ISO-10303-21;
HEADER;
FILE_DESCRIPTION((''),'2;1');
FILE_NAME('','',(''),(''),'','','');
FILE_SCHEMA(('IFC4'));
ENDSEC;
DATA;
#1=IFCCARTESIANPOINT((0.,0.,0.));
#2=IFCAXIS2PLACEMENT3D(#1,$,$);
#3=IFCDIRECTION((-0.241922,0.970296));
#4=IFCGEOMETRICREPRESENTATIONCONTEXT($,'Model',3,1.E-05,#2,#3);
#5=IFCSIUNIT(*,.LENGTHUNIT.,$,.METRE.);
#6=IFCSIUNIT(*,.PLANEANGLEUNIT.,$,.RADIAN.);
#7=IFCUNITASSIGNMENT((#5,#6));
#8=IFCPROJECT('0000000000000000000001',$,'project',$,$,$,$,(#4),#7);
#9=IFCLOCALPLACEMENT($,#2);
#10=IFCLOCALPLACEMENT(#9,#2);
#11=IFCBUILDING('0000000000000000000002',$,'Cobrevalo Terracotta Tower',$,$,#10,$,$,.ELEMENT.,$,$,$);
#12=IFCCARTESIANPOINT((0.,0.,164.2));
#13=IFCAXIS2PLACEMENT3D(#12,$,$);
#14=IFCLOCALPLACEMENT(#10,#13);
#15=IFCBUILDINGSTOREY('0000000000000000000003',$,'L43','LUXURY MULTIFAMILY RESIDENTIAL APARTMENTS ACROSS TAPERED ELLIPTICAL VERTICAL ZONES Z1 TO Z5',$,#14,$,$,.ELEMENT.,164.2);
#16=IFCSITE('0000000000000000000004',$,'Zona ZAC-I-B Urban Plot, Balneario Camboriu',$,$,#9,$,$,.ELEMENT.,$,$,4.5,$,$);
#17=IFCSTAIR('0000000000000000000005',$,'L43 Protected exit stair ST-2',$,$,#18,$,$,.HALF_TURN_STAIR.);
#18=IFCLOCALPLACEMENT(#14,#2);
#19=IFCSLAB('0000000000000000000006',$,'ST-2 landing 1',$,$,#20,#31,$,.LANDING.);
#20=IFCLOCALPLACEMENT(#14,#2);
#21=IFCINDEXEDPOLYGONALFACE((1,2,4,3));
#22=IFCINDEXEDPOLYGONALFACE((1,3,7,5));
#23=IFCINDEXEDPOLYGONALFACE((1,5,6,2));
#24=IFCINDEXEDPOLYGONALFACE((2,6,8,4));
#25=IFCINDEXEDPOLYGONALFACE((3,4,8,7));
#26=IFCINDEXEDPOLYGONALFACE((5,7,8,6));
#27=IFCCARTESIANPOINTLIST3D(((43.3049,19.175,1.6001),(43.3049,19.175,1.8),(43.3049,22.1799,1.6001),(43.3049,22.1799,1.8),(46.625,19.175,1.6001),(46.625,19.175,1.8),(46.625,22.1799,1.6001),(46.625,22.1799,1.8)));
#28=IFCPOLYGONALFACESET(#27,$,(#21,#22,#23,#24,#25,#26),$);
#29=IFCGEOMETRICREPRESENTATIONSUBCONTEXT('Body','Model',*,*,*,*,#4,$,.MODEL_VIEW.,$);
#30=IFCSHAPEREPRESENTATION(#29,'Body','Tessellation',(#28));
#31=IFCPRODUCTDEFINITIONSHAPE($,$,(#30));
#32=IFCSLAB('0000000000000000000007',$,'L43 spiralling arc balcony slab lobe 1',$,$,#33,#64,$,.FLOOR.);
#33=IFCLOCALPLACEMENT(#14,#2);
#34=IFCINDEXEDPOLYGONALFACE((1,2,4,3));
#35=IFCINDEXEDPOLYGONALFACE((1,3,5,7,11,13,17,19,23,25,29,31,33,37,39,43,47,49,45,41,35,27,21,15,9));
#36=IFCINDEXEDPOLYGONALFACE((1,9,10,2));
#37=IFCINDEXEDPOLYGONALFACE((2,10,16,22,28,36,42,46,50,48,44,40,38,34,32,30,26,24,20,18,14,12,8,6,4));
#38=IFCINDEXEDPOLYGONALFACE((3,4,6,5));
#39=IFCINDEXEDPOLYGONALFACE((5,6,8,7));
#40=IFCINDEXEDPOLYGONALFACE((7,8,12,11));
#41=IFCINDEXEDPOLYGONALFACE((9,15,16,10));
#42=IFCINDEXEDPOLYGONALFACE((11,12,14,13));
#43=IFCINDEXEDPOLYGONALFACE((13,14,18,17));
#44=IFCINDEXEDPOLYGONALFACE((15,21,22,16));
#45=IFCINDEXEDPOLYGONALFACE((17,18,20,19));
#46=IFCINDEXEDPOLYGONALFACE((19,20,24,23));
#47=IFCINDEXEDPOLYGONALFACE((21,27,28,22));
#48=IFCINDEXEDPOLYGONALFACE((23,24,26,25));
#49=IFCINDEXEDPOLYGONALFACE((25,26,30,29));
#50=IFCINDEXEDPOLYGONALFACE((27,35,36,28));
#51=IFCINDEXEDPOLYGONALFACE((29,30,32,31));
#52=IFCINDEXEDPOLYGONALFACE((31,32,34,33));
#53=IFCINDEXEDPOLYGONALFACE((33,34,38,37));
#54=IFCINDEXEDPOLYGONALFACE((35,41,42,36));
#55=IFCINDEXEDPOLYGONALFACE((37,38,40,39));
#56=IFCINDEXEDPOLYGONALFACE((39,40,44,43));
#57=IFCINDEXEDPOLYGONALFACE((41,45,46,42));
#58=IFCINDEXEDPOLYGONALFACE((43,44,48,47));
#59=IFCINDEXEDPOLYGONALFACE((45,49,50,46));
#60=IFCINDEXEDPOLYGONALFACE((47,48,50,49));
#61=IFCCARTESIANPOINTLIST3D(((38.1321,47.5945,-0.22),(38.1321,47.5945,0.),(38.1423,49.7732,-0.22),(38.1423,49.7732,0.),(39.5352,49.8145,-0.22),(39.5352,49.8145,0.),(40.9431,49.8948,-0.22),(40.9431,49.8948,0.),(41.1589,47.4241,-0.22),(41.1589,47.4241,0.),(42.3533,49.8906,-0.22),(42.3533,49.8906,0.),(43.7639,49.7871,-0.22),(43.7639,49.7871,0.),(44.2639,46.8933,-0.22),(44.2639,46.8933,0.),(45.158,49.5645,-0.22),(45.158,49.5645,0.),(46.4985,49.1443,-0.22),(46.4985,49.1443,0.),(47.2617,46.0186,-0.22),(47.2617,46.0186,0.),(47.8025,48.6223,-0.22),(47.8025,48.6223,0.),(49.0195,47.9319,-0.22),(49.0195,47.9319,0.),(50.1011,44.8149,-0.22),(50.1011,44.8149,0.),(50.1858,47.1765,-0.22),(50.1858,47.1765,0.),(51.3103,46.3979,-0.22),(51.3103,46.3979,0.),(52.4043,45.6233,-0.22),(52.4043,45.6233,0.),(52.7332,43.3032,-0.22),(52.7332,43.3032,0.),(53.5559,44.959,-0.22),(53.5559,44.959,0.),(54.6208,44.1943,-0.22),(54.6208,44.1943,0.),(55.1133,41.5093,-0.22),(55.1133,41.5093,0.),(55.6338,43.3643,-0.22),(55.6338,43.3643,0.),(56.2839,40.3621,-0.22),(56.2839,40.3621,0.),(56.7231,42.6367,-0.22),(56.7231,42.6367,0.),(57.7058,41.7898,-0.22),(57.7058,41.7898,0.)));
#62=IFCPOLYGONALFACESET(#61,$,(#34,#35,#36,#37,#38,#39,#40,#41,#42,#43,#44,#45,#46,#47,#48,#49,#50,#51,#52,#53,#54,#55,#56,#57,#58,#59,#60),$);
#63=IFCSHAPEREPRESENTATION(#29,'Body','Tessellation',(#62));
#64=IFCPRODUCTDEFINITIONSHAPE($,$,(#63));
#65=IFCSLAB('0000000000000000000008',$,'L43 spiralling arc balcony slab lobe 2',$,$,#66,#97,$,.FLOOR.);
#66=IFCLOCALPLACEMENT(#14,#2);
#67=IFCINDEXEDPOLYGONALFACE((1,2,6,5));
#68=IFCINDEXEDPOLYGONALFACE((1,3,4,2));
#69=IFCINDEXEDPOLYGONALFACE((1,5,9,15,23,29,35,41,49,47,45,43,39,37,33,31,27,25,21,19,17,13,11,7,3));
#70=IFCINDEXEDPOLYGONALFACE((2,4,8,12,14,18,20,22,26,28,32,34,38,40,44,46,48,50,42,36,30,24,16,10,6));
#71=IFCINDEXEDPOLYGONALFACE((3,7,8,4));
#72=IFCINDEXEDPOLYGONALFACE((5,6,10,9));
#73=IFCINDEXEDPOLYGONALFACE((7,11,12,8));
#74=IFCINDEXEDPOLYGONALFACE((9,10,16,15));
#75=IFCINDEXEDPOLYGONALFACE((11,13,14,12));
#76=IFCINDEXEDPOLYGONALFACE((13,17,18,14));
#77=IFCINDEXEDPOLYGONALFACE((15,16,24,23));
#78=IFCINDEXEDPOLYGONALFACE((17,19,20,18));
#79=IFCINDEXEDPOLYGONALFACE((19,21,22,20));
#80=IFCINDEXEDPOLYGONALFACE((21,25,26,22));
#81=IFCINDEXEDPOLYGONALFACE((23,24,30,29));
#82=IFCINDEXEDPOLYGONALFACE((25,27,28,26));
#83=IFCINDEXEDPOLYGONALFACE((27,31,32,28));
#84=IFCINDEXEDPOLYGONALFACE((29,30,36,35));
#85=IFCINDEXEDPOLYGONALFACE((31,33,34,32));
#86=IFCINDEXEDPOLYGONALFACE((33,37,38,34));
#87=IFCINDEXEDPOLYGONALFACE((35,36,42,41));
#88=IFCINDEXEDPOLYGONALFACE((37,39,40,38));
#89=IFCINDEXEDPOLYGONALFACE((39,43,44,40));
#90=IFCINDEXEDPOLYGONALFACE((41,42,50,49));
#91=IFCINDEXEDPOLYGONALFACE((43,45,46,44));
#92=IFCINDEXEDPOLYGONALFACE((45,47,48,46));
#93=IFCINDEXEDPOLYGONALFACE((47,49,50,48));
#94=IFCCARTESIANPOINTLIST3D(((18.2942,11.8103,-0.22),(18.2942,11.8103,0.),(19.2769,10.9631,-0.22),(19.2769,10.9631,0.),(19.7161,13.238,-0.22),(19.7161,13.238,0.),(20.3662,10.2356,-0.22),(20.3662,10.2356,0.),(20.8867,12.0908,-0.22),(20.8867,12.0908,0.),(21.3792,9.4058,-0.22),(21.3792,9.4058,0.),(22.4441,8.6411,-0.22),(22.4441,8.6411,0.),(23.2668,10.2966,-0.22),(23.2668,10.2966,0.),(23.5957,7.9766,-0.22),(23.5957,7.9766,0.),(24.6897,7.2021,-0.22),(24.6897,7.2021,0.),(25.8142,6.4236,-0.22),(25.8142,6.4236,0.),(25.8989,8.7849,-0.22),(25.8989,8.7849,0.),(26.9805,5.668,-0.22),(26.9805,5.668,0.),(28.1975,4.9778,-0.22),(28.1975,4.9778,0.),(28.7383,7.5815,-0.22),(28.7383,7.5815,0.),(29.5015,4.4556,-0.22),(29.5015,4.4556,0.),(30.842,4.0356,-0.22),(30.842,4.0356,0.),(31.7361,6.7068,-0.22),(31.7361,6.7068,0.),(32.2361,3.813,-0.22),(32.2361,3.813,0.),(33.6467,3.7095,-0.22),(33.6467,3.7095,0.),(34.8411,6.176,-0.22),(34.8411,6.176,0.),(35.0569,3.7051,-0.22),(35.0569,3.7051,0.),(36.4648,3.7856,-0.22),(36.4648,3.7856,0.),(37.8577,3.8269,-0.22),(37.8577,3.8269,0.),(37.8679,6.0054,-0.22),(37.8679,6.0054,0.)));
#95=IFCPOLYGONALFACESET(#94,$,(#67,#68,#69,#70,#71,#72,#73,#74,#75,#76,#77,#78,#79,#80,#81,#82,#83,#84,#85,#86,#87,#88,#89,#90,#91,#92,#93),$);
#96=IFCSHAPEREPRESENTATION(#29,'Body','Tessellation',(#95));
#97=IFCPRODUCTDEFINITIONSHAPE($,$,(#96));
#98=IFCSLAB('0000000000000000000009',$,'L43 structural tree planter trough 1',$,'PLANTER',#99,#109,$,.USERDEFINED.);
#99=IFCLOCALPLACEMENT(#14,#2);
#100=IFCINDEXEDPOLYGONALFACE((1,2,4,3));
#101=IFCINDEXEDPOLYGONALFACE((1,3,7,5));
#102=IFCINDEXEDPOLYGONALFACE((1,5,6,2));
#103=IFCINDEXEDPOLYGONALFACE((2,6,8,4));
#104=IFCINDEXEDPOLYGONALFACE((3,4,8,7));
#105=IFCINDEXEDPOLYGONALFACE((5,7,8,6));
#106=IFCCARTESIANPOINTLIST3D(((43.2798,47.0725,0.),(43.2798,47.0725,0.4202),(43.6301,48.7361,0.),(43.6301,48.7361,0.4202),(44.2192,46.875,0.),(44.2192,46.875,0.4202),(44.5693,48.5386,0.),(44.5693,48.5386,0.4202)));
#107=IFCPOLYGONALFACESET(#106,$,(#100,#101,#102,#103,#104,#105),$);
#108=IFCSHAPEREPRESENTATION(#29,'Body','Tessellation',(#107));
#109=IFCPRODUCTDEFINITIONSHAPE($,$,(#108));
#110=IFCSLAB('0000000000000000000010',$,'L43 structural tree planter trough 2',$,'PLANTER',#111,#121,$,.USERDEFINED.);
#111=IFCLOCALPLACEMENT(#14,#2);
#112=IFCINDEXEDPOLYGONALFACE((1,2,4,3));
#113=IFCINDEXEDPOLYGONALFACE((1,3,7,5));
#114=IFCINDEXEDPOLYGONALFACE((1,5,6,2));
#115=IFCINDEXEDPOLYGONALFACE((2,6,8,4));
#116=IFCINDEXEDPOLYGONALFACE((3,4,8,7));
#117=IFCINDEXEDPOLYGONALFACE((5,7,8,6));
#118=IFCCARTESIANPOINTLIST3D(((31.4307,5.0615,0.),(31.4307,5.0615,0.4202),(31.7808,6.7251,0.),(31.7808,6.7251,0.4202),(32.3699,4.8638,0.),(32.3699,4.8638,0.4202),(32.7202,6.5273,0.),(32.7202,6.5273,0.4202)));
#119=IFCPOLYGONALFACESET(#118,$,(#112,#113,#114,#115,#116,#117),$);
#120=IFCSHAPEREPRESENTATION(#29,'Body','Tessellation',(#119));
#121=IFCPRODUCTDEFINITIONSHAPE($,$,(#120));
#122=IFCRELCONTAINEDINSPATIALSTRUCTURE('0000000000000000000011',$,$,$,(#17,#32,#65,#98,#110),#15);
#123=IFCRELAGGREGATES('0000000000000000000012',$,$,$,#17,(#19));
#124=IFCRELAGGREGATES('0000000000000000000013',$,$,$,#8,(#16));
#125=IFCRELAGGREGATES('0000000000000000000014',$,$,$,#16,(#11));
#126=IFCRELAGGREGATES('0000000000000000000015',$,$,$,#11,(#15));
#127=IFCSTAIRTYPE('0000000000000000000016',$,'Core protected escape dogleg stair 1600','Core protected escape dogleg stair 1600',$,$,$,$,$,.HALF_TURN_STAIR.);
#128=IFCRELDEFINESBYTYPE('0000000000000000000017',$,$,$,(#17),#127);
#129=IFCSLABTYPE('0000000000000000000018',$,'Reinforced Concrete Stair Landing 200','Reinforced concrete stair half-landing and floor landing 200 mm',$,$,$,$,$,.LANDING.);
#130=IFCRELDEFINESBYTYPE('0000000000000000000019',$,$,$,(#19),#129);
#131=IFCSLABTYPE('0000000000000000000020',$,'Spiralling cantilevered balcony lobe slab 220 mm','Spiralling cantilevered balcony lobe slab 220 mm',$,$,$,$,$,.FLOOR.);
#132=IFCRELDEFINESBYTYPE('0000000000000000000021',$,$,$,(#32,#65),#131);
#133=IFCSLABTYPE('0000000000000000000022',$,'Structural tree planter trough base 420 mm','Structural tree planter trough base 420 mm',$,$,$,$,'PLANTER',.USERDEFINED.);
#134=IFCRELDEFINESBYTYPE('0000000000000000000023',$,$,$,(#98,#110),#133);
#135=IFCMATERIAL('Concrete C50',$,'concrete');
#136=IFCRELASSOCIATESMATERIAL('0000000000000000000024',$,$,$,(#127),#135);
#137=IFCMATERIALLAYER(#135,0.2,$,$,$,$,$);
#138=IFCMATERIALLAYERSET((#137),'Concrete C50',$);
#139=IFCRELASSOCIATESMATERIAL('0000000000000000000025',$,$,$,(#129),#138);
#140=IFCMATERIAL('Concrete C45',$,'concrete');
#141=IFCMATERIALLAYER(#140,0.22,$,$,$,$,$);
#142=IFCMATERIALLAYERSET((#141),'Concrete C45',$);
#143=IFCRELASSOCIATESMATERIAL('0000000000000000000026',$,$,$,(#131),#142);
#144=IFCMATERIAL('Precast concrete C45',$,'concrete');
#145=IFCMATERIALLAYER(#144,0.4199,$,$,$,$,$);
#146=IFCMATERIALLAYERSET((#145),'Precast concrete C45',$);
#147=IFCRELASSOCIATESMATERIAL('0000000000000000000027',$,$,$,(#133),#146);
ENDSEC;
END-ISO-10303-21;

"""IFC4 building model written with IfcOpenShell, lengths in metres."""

from ifc_helpers import new_model, si_unit, direction, frame, origin, place, context, subcontext, project, spatial, polyline, outline, extrude, material, layer, layer_set, type_object, element, aggregate, save


model = new_model("IFC4")

# Units and contexts
model_context = context("Model", 3, precision=1e-05, world=origin(), true_north=direction((-0.241922, 0.970296)))
body_context = subcontext(model_context, "Body", "Model", "MODEL_VIEW")
ifc_project = project(units=[si_unit("LENGTHUNIT", "METRE"), si_unit("PLANEANGLEUNIT", "RADIAN")], contexts=[model_context])

# Site, building, storey
site_placement = place(None, origin())
site = spatial("IfcSite", under=ifc_project, at=site_placement, Name="Zona ZAC-I-B Urban Plot, Balneario Camboriu", CompositionType="ELEMENT", RefElevation=4.5)
building_placement = place(site_placement, origin())
building = spatial("IfcBuilding", under=site, at=building_placement, Name="Cobrevalo Terracotta Tower", CompositionType="ELEMENT")
storey_placement = place(building_placement, frame((0.0, 0.0, 164.2)))
storey = spatial("IfcBuildingStorey", under=building, at=storey_placement, Name="L43", Description="LUXURY MULTIFAMILY RESIDENTIAL APARTMENTS ACROSS TAPERED ELLIPTICAL VERTICAL ZONES Z1 TO Z5", CompositionType="ELEMENT", Elevation=164.2)

# Stair, slab
ifc_material_1 = material(Name="Concrete C50", Category="concrete")
stair_type = type_object("IfcStairType", Name="Core protected escape dogleg stair 1600", Description="Core protected escape dogleg stair 1600", PredefinedType="HALF_TURN_STAIR", material=ifc_material_1)
ifc_layer_1 = layer(ifc_material_1, 0.2)
ifc_layer_set_1 = layer_set([ifc_layer_1], Name="Concrete C50")
slab_type_1 = type_object("IfcSlabType", Name="Reinforced Concrete Stair Landing 200", Description="Reinforced concrete stair half-landing and floor landing 200 mm", PredefinedType="LANDING", material=ifc_layer_set_1)
stair_1_placement = place(storey_placement, origin())
stair_1 = element("IfcStair", 1, at=stair_1_placement, inside=storey, type_object=stair_type, Name="L43 Protected exit stair ST-2", PredefinedType="HALF_TURN_STAIR")
slab_1_placement = place(storey_placement, frame((0.0, 0.0, 1.6001)))
slab_1 = element("IfcSlab", 2, at=slab_1_placement, type_object=slab_type_1, Name="ST-2 landing 1", PredefinedType="LANDING", context=body_context, shape_type="SweptSolid", body=[
    extrude(outline(polyline([(43.3049, 22.1799), (43.3049, 19.175), (46.625, 19.175), (46.625, 22.1799), (43.3049, 22.1799)])), origin(), (0.0, 0.0, 1.0), 0.2),
])
aggregate(stair_1, [slab_1])

# Slabs
ifc_material_2 = material(Name="Concrete C45", Category="concrete")
ifc_layer_2 = layer(ifc_material_2, 0.22)
ifc_layer_set_2 = layer_set([ifc_layer_2], Name="Concrete C45")
slab_type_2 = type_object("IfcSlabType", Name="Spiralling cantilevered balcony lobe slab 220 mm", Description="Spiralling cantilevered balcony lobe slab 220 mm", PredefinedType="FLOOR", material=ifc_layer_set_2)
slab_2_placement = place(storey_placement, frame((0.0, 0.0, -0.22)))
element("IfcSlab", 3, at=slab_2_placement, inside=storey, type_object=slab_type_2, Name="L43 spiralling arc balcony slab lobe 1", PredefinedType="FLOOR", context=body_context, shape_type="SweptSolid", body=[
    extrude(outline(polyline([(57.7058, 41.7898), (56.7231, 42.6367), (55.6338, 43.3643), (54.6208, 44.1943), (53.5559, 44.959), (52.4043, 45.6233), (51.3103, 46.3979), (50.1858, 47.1765), (49.0195, 47.9319), (47.8025, 48.6223), (46.4985, 49.1443), (45.158, 49.5645), (43.7639, 49.7871), (42.3533, 49.8906), (40.9431, 49.8948), (39.5352, 49.8145), (38.1423, 49.7732), (38.1321, 47.5945), (41.1589, 47.4241), (44.2639, 46.8933), (47.2617, 46.0186), (50.1011, 44.8149), (52.7332, 43.3032), (55.1133, 41.5093), (56.2839, 40.3621), (57.7058, 41.7898)])), origin(), (0.0, 0.0, 1.0), 0.22),
])
slab_3_placement = place(storey_placement, frame((0.0, 0.0, -0.22)))
element("IfcSlab", 4, at=slab_3_placement, inside=storey, type_object=slab_type_2, Name="L43 spiralling arc balcony slab lobe 2", PredefinedType="FLOOR", context=body_context, shape_type="SweptSolid", body=[
    extrude(outline(polyline([(18.2942, 11.8103), (19.2769, 10.9631), (20.3662, 10.2356), (21.3792, 9.4058), (22.4441, 8.6411), (23.5957, 7.9766), (24.6897, 7.2021), (25.8142, 6.4236), (26.9805, 5.668), (28.1975, 4.9778), (29.5015, 4.4556), (30.842, 4.0356), (32.2361, 3.813), (33.6467, 3.7095), (35.0569, 3.7051), (36.4648, 3.7856), (37.8577, 3.8269), (37.8679, 6.0054), (34.8411, 6.176), (31.7361, 6.7068), (28.7383, 7.5815), (25.8989, 8.7849), (23.2668, 10.2966), (20.8867, 12.0908), (19.7161, 13.238), (18.2942, 11.8103)])), origin(), (0.0, 0.0, 1.0), 0.22),
])
ifc_material_3 = material(Name="Precast concrete C45", Category="concrete")
ifc_layer_3 = layer(ifc_material_3, 0.4199)
ifc_layer_set_3 = layer_set([ifc_layer_3], Name="Precast concrete C45")
slab_type_3 = type_object("IfcSlabType", Name="Structural tree planter trough base 420 mm", Description="Structural tree planter trough base 420 mm", ElementType="PLANTER", PredefinedType="USERDEFINED", material=ifc_layer_set_3)
slab_4_placement = place(storey_placement, origin())
element("IfcSlab", 5, at=slab_4_placement, inside=storey, type_object=slab_type_3, Name="L43 structural tree planter trough 1", ObjectType="PLANTER", PredefinedType="USERDEFINED", context=body_context, shape_type="SweptSolid", body=[
    extrude(outline(polyline([(44.2192, 46.875), (44.5693, 48.5386), (43.6301, 48.7361), (43.2798, 47.0725), (44.2192, 46.875)])), origin(), (0.0, 0.0, 1.0), 0.4202),
])
slab_5_placement = place(storey_placement, origin())
element("IfcSlab", 6, at=slab_5_placement, inside=storey, type_object=slab_type_3, Name="L43 structural tree planter trough 2", ObjectType="PLANTER", PredefinedType="USERDEFINED", context=body_context, shape_type="SweptSolid", body=[
    extrude(outline(polyline([(31.7808, 6.7251), (31.4307, 5.0615), (32.3699, 4.8638), (32.7202, 6.5273), (31.7808, 6.7251)])), origin(), (0.0, 0.0, 1.0), 0.4202),
])

save(model, "model.ifc")
